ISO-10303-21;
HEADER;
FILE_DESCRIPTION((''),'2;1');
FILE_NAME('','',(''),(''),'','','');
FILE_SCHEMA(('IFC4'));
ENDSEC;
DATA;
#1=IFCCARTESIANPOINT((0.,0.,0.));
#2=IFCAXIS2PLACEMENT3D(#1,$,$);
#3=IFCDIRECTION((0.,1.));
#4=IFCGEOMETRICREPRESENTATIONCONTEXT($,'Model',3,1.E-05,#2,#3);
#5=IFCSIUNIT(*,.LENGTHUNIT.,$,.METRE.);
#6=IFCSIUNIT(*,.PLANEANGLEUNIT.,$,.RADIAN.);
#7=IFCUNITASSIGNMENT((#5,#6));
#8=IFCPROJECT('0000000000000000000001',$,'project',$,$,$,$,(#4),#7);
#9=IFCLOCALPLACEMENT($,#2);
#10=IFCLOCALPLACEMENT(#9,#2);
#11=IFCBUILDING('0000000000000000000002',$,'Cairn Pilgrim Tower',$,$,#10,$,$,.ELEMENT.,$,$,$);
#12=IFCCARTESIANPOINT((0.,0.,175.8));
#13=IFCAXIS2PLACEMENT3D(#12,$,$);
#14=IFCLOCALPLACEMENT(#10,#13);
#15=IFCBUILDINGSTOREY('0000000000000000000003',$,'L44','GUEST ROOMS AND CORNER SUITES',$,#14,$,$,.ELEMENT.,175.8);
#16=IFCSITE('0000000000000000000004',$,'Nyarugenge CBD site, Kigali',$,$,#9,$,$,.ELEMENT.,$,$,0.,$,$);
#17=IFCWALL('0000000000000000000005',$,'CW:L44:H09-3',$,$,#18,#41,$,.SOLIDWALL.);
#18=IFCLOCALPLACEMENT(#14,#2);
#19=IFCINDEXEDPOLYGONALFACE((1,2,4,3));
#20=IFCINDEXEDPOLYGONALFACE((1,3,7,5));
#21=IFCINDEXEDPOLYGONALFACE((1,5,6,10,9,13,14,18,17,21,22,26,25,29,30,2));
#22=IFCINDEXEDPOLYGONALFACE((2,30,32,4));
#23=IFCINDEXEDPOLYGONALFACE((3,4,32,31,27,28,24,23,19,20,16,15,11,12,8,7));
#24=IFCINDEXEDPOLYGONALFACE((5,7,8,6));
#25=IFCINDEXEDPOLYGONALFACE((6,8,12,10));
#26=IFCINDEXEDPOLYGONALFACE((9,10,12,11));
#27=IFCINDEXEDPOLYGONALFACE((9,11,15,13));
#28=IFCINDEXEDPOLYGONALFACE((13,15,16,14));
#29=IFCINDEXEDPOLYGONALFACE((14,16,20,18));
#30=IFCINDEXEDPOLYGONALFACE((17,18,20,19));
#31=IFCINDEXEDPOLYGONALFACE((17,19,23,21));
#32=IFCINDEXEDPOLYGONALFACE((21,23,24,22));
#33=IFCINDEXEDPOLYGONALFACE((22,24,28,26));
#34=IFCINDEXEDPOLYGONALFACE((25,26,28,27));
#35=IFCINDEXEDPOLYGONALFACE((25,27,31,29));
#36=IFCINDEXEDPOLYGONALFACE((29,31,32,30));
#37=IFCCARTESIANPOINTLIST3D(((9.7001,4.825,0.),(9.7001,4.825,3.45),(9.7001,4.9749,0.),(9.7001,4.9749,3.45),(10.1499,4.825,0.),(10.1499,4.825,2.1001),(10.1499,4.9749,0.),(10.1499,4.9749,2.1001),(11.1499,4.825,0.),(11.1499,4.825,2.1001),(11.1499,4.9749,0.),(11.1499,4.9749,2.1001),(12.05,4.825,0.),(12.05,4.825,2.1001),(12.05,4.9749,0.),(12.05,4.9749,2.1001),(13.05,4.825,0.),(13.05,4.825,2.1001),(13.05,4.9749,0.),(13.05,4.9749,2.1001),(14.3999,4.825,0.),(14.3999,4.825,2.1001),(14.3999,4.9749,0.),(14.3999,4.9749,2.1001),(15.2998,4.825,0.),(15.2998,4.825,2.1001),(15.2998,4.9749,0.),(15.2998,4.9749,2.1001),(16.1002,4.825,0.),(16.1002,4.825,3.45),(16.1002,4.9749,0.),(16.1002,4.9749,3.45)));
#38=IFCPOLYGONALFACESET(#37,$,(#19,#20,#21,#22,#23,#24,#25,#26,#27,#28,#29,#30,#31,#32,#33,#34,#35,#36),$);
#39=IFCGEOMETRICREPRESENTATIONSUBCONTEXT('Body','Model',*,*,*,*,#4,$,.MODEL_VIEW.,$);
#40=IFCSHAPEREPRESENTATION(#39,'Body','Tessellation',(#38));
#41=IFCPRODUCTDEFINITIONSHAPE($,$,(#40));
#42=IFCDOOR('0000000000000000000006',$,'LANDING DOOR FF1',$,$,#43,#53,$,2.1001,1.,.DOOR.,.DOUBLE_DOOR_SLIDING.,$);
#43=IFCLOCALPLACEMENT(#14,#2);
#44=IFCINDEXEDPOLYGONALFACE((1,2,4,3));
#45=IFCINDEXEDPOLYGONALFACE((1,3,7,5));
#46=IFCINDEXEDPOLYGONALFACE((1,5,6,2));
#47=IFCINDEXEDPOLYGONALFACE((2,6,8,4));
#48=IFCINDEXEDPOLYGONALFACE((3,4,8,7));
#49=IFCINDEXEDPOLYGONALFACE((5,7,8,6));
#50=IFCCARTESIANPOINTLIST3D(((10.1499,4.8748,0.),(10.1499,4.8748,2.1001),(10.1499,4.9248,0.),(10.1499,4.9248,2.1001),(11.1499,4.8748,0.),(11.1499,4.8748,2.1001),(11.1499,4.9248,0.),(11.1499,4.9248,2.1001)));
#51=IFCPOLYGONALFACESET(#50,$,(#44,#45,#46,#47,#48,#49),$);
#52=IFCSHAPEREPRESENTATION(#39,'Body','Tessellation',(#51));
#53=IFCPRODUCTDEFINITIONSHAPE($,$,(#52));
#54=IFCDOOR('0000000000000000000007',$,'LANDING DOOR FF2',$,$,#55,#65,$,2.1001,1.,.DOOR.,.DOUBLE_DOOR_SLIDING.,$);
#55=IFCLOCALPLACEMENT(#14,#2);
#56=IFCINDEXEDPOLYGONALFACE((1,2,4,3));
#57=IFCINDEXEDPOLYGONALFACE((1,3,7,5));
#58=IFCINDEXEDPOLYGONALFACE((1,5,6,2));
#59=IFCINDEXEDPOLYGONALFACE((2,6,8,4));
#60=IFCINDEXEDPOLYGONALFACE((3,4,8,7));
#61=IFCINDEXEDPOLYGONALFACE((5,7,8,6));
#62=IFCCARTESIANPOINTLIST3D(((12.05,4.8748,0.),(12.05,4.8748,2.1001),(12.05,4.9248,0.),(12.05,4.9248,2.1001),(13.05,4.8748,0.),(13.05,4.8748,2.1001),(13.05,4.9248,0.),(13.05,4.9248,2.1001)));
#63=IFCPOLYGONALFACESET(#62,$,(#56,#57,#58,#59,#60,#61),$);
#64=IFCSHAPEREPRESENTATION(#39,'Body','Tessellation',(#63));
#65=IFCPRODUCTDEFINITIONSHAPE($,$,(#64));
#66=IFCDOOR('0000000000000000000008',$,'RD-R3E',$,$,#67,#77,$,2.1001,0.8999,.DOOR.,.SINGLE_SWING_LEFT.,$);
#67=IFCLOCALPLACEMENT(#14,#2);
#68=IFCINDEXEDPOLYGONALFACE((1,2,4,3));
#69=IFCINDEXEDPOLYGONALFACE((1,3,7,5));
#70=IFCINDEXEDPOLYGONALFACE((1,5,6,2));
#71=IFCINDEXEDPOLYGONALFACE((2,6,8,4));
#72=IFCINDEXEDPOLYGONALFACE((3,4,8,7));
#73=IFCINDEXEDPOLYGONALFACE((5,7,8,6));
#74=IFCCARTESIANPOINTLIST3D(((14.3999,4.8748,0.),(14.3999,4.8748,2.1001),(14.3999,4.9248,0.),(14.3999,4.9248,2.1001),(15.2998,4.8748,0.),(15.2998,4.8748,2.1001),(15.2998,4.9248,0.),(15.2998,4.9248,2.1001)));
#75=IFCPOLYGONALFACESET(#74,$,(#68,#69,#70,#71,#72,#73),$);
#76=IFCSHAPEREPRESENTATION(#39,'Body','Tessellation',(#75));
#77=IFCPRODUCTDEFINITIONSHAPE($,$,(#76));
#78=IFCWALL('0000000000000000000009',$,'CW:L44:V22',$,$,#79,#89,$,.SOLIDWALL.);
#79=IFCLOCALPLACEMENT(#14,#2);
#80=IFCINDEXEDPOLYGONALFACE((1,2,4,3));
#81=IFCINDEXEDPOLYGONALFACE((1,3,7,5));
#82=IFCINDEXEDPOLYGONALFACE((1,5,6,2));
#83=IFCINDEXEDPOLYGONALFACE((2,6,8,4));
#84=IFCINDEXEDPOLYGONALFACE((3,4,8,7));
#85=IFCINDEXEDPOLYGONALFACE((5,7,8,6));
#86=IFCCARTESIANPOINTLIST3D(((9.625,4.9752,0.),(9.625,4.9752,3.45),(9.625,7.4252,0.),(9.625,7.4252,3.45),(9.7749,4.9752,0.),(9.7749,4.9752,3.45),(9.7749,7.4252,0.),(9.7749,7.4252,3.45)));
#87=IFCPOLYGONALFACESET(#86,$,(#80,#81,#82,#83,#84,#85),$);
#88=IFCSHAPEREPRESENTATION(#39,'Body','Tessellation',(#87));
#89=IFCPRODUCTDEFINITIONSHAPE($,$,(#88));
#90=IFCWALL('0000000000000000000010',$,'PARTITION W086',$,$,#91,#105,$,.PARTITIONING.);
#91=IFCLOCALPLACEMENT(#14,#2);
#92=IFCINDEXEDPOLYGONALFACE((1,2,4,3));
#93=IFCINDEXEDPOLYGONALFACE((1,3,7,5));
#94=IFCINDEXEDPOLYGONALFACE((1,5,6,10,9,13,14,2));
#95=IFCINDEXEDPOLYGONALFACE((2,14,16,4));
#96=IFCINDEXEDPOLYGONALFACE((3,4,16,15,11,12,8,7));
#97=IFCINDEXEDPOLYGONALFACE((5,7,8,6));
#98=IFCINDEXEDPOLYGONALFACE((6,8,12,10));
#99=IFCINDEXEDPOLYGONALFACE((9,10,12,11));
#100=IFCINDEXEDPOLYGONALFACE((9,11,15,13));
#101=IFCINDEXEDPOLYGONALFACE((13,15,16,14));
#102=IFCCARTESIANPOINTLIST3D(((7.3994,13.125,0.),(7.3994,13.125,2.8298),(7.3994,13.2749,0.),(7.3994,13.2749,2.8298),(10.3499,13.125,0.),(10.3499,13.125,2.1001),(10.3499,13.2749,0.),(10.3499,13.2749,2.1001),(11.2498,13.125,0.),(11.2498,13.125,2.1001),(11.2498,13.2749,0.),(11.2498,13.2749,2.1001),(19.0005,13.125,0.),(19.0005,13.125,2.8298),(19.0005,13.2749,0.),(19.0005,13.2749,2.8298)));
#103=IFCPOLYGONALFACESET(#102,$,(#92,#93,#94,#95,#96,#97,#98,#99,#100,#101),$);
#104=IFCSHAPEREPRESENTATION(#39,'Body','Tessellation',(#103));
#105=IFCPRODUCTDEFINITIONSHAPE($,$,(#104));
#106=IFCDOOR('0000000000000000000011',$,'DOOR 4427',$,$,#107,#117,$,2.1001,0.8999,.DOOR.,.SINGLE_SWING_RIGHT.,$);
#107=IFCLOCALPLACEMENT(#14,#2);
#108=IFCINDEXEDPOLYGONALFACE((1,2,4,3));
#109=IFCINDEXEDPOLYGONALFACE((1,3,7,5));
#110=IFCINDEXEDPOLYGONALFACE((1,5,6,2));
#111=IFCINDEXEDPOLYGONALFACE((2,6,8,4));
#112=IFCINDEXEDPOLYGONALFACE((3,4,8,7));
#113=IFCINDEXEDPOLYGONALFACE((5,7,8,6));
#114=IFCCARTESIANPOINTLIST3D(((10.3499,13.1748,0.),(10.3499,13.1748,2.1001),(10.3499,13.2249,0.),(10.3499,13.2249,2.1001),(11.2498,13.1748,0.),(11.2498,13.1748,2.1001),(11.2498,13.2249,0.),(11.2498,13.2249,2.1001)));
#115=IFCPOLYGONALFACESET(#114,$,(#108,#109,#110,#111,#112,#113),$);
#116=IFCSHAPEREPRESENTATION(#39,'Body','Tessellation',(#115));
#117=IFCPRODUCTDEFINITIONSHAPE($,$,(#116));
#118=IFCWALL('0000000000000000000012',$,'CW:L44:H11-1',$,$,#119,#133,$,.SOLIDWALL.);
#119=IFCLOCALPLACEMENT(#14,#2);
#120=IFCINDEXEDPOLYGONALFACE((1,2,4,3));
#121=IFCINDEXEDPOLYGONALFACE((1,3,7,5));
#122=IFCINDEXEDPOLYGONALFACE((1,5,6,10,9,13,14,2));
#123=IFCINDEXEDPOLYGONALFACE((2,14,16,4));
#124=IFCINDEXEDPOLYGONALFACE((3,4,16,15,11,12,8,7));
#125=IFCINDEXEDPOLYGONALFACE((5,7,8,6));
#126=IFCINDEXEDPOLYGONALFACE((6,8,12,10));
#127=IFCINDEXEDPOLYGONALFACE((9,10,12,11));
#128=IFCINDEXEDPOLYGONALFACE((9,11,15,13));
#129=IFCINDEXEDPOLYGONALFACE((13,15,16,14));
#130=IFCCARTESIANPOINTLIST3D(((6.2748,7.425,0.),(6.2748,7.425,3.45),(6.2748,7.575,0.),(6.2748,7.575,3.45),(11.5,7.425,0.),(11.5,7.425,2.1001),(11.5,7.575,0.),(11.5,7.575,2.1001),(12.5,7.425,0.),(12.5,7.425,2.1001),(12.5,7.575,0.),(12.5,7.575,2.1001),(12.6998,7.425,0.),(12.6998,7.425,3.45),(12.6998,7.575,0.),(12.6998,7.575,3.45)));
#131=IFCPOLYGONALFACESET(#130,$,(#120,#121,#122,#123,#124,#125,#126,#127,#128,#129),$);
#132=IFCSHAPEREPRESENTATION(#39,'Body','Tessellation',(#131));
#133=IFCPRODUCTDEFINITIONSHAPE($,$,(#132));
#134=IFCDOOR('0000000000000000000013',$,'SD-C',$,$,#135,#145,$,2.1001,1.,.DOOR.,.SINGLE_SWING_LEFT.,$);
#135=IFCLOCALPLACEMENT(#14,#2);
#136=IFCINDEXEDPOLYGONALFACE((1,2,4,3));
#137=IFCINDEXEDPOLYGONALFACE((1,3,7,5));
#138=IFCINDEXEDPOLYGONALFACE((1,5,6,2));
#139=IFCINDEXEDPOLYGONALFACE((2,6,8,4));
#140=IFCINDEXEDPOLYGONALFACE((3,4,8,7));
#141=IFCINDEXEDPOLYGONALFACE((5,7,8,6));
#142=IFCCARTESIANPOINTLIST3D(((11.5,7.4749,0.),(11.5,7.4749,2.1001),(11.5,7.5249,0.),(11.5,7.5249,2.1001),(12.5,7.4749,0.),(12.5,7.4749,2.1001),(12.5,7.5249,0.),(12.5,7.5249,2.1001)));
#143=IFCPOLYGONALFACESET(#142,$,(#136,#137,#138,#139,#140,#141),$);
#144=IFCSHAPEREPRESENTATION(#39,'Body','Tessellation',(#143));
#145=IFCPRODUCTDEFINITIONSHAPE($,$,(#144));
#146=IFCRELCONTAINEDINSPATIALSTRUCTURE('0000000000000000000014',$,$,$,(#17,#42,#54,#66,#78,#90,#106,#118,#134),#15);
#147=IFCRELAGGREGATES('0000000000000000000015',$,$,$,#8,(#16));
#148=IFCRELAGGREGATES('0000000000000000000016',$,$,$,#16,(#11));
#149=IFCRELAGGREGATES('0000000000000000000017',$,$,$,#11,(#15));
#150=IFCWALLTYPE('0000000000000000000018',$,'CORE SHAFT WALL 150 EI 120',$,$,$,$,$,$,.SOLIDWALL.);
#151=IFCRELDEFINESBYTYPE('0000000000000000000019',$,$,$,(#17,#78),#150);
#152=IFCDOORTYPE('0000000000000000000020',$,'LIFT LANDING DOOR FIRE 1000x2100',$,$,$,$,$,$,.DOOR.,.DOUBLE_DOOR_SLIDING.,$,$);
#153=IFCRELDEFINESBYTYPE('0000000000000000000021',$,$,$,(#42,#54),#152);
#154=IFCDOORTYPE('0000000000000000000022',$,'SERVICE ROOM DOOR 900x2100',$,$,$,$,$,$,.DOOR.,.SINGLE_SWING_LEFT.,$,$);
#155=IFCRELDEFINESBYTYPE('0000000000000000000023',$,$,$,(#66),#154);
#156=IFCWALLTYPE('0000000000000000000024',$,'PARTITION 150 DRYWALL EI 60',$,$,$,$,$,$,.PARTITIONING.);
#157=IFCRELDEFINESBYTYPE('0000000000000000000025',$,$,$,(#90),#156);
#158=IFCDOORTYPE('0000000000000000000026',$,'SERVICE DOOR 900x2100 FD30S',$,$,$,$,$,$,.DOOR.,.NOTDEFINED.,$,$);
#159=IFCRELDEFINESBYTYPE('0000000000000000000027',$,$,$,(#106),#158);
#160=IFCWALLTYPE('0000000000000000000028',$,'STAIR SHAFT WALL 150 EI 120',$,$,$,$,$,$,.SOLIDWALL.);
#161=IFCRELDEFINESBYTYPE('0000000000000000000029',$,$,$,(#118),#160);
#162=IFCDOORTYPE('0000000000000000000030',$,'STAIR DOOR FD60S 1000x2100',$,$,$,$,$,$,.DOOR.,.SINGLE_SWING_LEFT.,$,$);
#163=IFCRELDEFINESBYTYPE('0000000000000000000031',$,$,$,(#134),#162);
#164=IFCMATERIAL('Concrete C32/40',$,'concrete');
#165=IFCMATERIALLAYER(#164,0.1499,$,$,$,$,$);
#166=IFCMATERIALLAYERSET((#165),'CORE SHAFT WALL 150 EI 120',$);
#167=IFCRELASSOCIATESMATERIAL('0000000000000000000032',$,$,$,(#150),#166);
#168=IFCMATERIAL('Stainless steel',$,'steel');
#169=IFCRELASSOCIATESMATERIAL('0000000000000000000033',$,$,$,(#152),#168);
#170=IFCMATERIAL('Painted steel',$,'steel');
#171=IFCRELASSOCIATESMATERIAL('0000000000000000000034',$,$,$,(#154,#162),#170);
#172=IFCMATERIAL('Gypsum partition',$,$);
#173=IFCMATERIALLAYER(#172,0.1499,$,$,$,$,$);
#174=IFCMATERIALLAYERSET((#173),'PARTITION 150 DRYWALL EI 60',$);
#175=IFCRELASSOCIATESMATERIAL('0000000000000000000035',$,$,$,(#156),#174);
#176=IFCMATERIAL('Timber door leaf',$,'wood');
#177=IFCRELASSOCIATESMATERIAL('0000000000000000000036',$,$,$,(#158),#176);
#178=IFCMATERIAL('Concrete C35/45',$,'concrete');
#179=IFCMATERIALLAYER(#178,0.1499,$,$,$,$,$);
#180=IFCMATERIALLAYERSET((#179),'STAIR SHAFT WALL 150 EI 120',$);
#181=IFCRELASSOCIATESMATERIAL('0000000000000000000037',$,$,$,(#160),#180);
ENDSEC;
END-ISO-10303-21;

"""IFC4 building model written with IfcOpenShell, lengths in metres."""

from ifc_helpers import new_model, si_unit, direction, frame, frame_2d, origin, place, context, subcontext, project, spatial, rectangle, extrude, material, layer, layer_set, type_object, element, fill, save


model = new_model("IFC4")

# Units and contexts
model_context = context("Model", 3, precision=1e-05, world=origin(), true_north=direction((0.0, 1.0)))
body_context = subcontext(model_context, "Body", "Model", "MODEL_VIEW")
ifc_project = project(units=[si_unit("LENGTHUNIT", "METRE"), si_unit("PLANEANGLEUNIT", "RADIAN")], contexts=[model_context])

# Site, building, storey
site_placement = place(None, origin())
site = spatial("IfcSite", under=ifc_project, at=site_placement, Name="Nyarugenge CBD site, Kigali", CompositionType="ELEMENT", RefElevation=0.0)
building_placement = place(site_placement, origin())
building = spatial("IfcBuilding", under=site, at=building_placement, Name="Cairn Pilgrim Tower", CompositionType="ELEMENT")
storey_placement = place(building_placement, frame((0.0, 0.0, 175.8)))
storey = spatial("IfcBuildingStorey", under=building, at=storey_placement, Name="L44", Description="GUEST ROOMS AND CORNER SUITES", CompositionType="ELEMENT", Elevation=175.8)

# Wall, openings, doors
ifc_material_1 = material(Name="Concrete C32/40", Category="concrete")
ifc_layer_1 = layer(ifc_material_1, 0.1499)
ifc_layer_set_1 = layer_set([ifc_layer_1], Name="CORE SHAFT WALL 150 EI 120")
wall_type_1 = type_object("IfcWallType", Name="CORE SHAFT WALL 150 EI 120", PredefinedType="SOLIDWALL", material=ifc_layer_set_1)
wall_1_placement = place(storey_placement, frame((9.7, 4.8999, 0.0), z_axis=(0.0, 0.0, 1.0), x_axis=(1.0, 0.0, 0.0)))
wall_1 = element("IfcWall", 1, at=wall_1_placement, inside=storey, type_object=wall_type_1, Name="CW:L44:H09-3", PredefinedType="SOLIDWALL", context=body_context, shape_type="SweptSolid", body=[
    extrude(rectangle(XDim=6.4001, YDim=0.1499, at=frame_2d((3.2002, 0.0))), origin(), (0.0, 0.0, 1.0), 3.45),
])
opening_1_placement = place(wall_1_placement, frame((0.45, 0.0, 0.0)))
opening_1 = element("IfcOpeningElement", 2, at=opening_1_placement, cuts=wall_1, PredefinedType="OPENING", context=body_context, shape_type="SweptSolid", body=[
    extrude(rectangle(XDim=1.0, YDim=2.1001, at=frame_2d((0.5, 1.05))), frame((0.0, 0.085, 0.0), z_axis=(0.0, -1.0, 0.0), x_axis=(1.0, 0.0, 0.0)), (0.0, 0.0, 1.0), 0.1699),
])
opening_2_placement = place(wall_1_placement, frame((2.3501, 0.0, 0.0)))
opening_2 = element("IfcOpeningElement", 3, at=opening_2_placement, cuts=wall_1, PredefinedType="OPENING", context=body_context, shape_type="SweptSolid", body=[
    extrude(rectangle(XDim=1.0, YDim=2.1001, at=frame_2d((0.5, 1.05))), frame((0.0, 0.085, 0.0), z_axis=(0.0, -1.0, 0.0), x_axis=(1.0, 0.0, 0.0)), (0.0, 0.0, 1.0), 0.1699),
])
opening_3_placement = place(wall_1_placement, frame((4.7, 0.0, 0.0)))
opening_3 = element("IfcOpeningElement", 4, at=opening_3_placement, cuts=wall_1, PredefinedType="OPENING", context=body_context, shape_type="SweptSolid", body=[
    extrude(rectangle(XDim=0.8999, YDim=2.1001, at=frame_2d((0.45, 1.05))), frame((0.0, 0.085, 0.0), z_axis=(0.0, -1.0, 0.0), x_axis=(1.0, 0.0, 0.0)), (0.0, 0.0, 1.0), 0.1699),
])
ifc_material_2 = material(Name="Stainless steel", Category="steel")
door_type_1 = type_object("IfcDoorType", Name="LIFT LANDING DOOR FIRE 1000x2100", OperationType="DOUBLE_DOOR_SLIDING", PredefinedType="DOOR", material=ifc_material_2)
door_1_placement = place(opening_1_placement, origin())
door_1 = element("IfcDoor", 5, at=door_1_placement, inside=storey, type_object=door_type_1, Name="LANDING DOOR FF1", OperationType="DOUBLE_DOOR_SLIDING", OverallHeight=2.1001, OverallWidth=1.0, PredefinedType="DOOR", context=body_context, shape_type="SweptSolid", body=[
    extrude(rectangle(XDim=1.0, YDim=2.1001, at=frame_2d((0.5, 1.05))), frame((0.0, 0.0249, 0.0), z_axis=(0.0, -1.0, 0.0), x_axis=(1.0, 0.0, 0.0)), (0.0, 0.0, 1.0), 0.05),
])
fill(opening_1, door_1)
door_2_placement = place(opening_2_placement, origin())
door_2 = element("IfcDoor", 6, at=door_2_placement, inside=storey, type_object=door_type_1, Name="LANDING DOOR FF2", OperationType="DOUBLE_DOOR_SLIDING", OverallHeight=2.1001, OverallWidth=1.0, PredefinedType="DOOR", context=body_context, shape_type="SweptSolid", body=[
    extrude(rectangle(XDim=1.0, YDim=2.1001, at=frame_2d((0.5, 1.05))), frame((0.0, 0.0249, 0.0), z_axis=(0.0, -1.0, 0.0), x_axis=(1.0, 0.0, 0.0)), (0.0, 0.0, 1.0), 0.05),
])
fill(opening_2, door_2)
ifc_material_3 = material(Name="Painted steel", Category="steel")
door_type_2 = type_object("IfcDoorType", Name="SERVICE ROOM DOOR 900x2100", OperationType="SINGLE_SWING_LEFT", PredefinedType="DOOR", material=ifc_material_3)
door_3_placement = place(opening_3_placement, origin())
door_3 = element("IfcDoor", 7, at=door_3_placement, inside=storey, type_object=door_type_2, Name="RD-R3E", OperationType="SINGLE_SWING_LEFT", OverallHeight=2.1001, OverallWidth=0.8999, PredefinedType="DOOR", context=body_context, shape_type="SweptSolid", body=[
    extrude(rectangle(XDim=0.8999, YDim=2.1001, at=frame_2d((0.45, 1.05))), frame((0.0, 0.0249, 0.0), z_axis=(0.0, -1.0, 0.0), x_axis=(1.0, 0.0, 0.0)), (0.0, 0.0, 1.0), 0.05),
])
fill(opening_3, door_3)

# Wall
wall_2_placement = place(storey_placement, frame((9.7, 4.9751, 0.0), z_axis=(0.0, 0.0, 1.0), x_axis=(0.0, 1.0, 0.0)))
element("IfcWall", 8, at=wall_2_placement, inside=storey, type_object=wall_type_1, Name="CW:L44:V22", PredefinedType="SOLIDWALL", context=body_context, shape_type="SweptSolid", body=[
    extrude(rectangle(XDim=2.45, YDim=0.1499, at=frame_2d((1.2251, 0.0))), origin(), (0.0, 0.0, 1.0), 3.45),
])

# Walls, openings, doors
ifc_material_4 = material(Name="Gypsum partition")
ifc_layer_2 = layer(ifc_material_4, 0.1499)
ifc_layer_set_2 = layer_set([ifc_layer_2], Name="PARTITION 150 DRYWALL EI 60")
wall_type_2 = type_object("IfcWallType", Name="PARTITION 150 DRYWALL EI 60", PredefinedType="PARTITIONING", material=ifc_layer_set_2)
wall_3_placement = place(storey_placement, frame((7.3994, 13.2, 0.0), z_axis=(0.0, 0.0, 1.0), x_axis=(1.0, 0.0, 0.0)))
wall_3 = element("IfcWall", 9, at=wall_3_placement, inside=storey, type_object=wall_type_2, Name="PARTITION W086", PredefinedType="PARTITIONING", context=body_context, shape_type="SweptSolid", body=[
    extrude(rectangle(XDim=11.6011, YDim=0.1499, at=frame_2d((5.8005, 0.0))), origin(), (0.0, 0.0, 1.0), 2.8298),
])
opening_4_placement = place(wall_3_placement, frame((2.9504, 0.0, 0.0)))
opening_4 = element("IfcOpeningElement", 10, at=opening_4_placement, cuts=wall_3, PredefinedType="OPENING", context=body_context, shape_type="SweptSolid", body=[
    extrude(rectangle(XDim=0.8999, YDim=2.1001, at=frame_2d((0.45, 1.05))), frame((0.0, 0.085, 0.0), z_axis=(0.0, -1.0, 0.0), x_axis=(1.0, 0.0, 0.0)), (0.0, 0.0, 1.0), 0.1699),
])
ifc_material_5 = material(Name="Timber door leaf", Category="wood")
door_type_3 = type_object("IfcDoorType", Name="SERVICE DOOR 900x2100 FD30S", OperationType="NOTDEFINED", PredefinedType="DOOR", material=ifc_material_5)
door_4_placement = place(opening_4_placement, origin())
door_4 = element("IfcDoor", 11, at=door_4_placement, inside=storey, type_object=door_type_3, Name="DOOR 4427", OperationType="SINGLE_SWING_RIGHT", OverallHeight=2.1001, OverallWidth=0.8999, PredefinedType="DOOR", context=body_context, shape_type="SweptSolid", body=[
    extrude(rectangle(XDim=0.8999, YDim=2.1001, at=frame_2d((0.45, 1.05))), frame((0.0, 0.0249, 0.0), z_axis=(0.0, -1.0, 0.0), x_axis=(1.0, 0.0, 0.0)), (0.0, 0.0, 1.0), 0.05),
])
fill(opening_4, door_4)
ifc_material_6 = material(Name="Concrete C35/45", Category="concrete")
ifc_layer_3 = layer(ifc_material_6, 0.1499)
ifc_layer_set_3 = layer_set([ifc_layer_3], Name="STAIR SHAFT WALL 150 EI 120")
wall_type_3 = type_object("IfcWallType", Name="STAIR SHAFT WALL 150 EI 120", PredefinedType="SOLIDWALL", material=ifc_layer_set_3)
wall_4_placement = place(storey_placement, frame((6.2749, 7.5, 0.0), z_axis=(0.0, 0.0, 1.0), x_axis=(1.0, 0.0, 0.0)))
wall_4 = element("IfcWall", 12, at=wall_4_placement, inside=storey, type_object=wall_type_3, Name="CW:L44:H11-1", PredefinedType="SOLIDWALL", context=body_context, shape_type="SweptSolid", body=[
    extrude(rectangle(XDim=6.425, YDim=0.1499, at=frame_2d((3.2124, 0.0))), origin(), (0.0, 0.0, 1.0), 3.45),
])
opening_5_placement = place(wall_4_placement, frame((5.2251, 0.0, 0.0)))
opening_5 = element("IfcOpeningElement", 13, at=opening_5_placement, cuts=wall_4, PredefinedType="OPENING", context=body_context, shape_type="SweptSolid", body=[
    extrude(rectangle(XDim=1.0, YDim=2.1001, at=frame_2d((0.5, 1.05))), frame((0.0, 0.085, 0.0), z_axis=(0.0, -1.0, 0.0), x_axis=(1.0, 0.0, 0.0)), (0.0, 0.0, 1.0), 0.1699),
])
door_type_4 = type_object("IfcDoorType", Name="STAIR DOOR FD60S 1000x2100", OperationType="SINGLE_SWING_LEFT", PredefinedType="DOOR", material=ifc_material_3)
door_5_placement = place(opening_5_placement, origin())
door_5 = element("IfcDoor", 14, at=door_5_placement, inside=storey, type_object=door_type_4, Name="SD-C", OperationType="SINGLE_SWING_LEFT", OverallHeight=2.1001, OverallWidth=1.0, PredefinedType="DOOR", context=body_context, shape_type="SweptSolid", body=[
    extrude(rectangle(XDim=1.0, YDim=2.1001, at=frame_2d((0.5, 1.05))), frame((0.0, 0.0249, 0.0), z_axis=(0.0, -1.0, 0.0), x_axis=(1.0, 0.0, 0.0)), (0.0, 0.0, 1.0), 0.05),
])
fill(opening_5, door_5)

save(model, "model.ifc")
